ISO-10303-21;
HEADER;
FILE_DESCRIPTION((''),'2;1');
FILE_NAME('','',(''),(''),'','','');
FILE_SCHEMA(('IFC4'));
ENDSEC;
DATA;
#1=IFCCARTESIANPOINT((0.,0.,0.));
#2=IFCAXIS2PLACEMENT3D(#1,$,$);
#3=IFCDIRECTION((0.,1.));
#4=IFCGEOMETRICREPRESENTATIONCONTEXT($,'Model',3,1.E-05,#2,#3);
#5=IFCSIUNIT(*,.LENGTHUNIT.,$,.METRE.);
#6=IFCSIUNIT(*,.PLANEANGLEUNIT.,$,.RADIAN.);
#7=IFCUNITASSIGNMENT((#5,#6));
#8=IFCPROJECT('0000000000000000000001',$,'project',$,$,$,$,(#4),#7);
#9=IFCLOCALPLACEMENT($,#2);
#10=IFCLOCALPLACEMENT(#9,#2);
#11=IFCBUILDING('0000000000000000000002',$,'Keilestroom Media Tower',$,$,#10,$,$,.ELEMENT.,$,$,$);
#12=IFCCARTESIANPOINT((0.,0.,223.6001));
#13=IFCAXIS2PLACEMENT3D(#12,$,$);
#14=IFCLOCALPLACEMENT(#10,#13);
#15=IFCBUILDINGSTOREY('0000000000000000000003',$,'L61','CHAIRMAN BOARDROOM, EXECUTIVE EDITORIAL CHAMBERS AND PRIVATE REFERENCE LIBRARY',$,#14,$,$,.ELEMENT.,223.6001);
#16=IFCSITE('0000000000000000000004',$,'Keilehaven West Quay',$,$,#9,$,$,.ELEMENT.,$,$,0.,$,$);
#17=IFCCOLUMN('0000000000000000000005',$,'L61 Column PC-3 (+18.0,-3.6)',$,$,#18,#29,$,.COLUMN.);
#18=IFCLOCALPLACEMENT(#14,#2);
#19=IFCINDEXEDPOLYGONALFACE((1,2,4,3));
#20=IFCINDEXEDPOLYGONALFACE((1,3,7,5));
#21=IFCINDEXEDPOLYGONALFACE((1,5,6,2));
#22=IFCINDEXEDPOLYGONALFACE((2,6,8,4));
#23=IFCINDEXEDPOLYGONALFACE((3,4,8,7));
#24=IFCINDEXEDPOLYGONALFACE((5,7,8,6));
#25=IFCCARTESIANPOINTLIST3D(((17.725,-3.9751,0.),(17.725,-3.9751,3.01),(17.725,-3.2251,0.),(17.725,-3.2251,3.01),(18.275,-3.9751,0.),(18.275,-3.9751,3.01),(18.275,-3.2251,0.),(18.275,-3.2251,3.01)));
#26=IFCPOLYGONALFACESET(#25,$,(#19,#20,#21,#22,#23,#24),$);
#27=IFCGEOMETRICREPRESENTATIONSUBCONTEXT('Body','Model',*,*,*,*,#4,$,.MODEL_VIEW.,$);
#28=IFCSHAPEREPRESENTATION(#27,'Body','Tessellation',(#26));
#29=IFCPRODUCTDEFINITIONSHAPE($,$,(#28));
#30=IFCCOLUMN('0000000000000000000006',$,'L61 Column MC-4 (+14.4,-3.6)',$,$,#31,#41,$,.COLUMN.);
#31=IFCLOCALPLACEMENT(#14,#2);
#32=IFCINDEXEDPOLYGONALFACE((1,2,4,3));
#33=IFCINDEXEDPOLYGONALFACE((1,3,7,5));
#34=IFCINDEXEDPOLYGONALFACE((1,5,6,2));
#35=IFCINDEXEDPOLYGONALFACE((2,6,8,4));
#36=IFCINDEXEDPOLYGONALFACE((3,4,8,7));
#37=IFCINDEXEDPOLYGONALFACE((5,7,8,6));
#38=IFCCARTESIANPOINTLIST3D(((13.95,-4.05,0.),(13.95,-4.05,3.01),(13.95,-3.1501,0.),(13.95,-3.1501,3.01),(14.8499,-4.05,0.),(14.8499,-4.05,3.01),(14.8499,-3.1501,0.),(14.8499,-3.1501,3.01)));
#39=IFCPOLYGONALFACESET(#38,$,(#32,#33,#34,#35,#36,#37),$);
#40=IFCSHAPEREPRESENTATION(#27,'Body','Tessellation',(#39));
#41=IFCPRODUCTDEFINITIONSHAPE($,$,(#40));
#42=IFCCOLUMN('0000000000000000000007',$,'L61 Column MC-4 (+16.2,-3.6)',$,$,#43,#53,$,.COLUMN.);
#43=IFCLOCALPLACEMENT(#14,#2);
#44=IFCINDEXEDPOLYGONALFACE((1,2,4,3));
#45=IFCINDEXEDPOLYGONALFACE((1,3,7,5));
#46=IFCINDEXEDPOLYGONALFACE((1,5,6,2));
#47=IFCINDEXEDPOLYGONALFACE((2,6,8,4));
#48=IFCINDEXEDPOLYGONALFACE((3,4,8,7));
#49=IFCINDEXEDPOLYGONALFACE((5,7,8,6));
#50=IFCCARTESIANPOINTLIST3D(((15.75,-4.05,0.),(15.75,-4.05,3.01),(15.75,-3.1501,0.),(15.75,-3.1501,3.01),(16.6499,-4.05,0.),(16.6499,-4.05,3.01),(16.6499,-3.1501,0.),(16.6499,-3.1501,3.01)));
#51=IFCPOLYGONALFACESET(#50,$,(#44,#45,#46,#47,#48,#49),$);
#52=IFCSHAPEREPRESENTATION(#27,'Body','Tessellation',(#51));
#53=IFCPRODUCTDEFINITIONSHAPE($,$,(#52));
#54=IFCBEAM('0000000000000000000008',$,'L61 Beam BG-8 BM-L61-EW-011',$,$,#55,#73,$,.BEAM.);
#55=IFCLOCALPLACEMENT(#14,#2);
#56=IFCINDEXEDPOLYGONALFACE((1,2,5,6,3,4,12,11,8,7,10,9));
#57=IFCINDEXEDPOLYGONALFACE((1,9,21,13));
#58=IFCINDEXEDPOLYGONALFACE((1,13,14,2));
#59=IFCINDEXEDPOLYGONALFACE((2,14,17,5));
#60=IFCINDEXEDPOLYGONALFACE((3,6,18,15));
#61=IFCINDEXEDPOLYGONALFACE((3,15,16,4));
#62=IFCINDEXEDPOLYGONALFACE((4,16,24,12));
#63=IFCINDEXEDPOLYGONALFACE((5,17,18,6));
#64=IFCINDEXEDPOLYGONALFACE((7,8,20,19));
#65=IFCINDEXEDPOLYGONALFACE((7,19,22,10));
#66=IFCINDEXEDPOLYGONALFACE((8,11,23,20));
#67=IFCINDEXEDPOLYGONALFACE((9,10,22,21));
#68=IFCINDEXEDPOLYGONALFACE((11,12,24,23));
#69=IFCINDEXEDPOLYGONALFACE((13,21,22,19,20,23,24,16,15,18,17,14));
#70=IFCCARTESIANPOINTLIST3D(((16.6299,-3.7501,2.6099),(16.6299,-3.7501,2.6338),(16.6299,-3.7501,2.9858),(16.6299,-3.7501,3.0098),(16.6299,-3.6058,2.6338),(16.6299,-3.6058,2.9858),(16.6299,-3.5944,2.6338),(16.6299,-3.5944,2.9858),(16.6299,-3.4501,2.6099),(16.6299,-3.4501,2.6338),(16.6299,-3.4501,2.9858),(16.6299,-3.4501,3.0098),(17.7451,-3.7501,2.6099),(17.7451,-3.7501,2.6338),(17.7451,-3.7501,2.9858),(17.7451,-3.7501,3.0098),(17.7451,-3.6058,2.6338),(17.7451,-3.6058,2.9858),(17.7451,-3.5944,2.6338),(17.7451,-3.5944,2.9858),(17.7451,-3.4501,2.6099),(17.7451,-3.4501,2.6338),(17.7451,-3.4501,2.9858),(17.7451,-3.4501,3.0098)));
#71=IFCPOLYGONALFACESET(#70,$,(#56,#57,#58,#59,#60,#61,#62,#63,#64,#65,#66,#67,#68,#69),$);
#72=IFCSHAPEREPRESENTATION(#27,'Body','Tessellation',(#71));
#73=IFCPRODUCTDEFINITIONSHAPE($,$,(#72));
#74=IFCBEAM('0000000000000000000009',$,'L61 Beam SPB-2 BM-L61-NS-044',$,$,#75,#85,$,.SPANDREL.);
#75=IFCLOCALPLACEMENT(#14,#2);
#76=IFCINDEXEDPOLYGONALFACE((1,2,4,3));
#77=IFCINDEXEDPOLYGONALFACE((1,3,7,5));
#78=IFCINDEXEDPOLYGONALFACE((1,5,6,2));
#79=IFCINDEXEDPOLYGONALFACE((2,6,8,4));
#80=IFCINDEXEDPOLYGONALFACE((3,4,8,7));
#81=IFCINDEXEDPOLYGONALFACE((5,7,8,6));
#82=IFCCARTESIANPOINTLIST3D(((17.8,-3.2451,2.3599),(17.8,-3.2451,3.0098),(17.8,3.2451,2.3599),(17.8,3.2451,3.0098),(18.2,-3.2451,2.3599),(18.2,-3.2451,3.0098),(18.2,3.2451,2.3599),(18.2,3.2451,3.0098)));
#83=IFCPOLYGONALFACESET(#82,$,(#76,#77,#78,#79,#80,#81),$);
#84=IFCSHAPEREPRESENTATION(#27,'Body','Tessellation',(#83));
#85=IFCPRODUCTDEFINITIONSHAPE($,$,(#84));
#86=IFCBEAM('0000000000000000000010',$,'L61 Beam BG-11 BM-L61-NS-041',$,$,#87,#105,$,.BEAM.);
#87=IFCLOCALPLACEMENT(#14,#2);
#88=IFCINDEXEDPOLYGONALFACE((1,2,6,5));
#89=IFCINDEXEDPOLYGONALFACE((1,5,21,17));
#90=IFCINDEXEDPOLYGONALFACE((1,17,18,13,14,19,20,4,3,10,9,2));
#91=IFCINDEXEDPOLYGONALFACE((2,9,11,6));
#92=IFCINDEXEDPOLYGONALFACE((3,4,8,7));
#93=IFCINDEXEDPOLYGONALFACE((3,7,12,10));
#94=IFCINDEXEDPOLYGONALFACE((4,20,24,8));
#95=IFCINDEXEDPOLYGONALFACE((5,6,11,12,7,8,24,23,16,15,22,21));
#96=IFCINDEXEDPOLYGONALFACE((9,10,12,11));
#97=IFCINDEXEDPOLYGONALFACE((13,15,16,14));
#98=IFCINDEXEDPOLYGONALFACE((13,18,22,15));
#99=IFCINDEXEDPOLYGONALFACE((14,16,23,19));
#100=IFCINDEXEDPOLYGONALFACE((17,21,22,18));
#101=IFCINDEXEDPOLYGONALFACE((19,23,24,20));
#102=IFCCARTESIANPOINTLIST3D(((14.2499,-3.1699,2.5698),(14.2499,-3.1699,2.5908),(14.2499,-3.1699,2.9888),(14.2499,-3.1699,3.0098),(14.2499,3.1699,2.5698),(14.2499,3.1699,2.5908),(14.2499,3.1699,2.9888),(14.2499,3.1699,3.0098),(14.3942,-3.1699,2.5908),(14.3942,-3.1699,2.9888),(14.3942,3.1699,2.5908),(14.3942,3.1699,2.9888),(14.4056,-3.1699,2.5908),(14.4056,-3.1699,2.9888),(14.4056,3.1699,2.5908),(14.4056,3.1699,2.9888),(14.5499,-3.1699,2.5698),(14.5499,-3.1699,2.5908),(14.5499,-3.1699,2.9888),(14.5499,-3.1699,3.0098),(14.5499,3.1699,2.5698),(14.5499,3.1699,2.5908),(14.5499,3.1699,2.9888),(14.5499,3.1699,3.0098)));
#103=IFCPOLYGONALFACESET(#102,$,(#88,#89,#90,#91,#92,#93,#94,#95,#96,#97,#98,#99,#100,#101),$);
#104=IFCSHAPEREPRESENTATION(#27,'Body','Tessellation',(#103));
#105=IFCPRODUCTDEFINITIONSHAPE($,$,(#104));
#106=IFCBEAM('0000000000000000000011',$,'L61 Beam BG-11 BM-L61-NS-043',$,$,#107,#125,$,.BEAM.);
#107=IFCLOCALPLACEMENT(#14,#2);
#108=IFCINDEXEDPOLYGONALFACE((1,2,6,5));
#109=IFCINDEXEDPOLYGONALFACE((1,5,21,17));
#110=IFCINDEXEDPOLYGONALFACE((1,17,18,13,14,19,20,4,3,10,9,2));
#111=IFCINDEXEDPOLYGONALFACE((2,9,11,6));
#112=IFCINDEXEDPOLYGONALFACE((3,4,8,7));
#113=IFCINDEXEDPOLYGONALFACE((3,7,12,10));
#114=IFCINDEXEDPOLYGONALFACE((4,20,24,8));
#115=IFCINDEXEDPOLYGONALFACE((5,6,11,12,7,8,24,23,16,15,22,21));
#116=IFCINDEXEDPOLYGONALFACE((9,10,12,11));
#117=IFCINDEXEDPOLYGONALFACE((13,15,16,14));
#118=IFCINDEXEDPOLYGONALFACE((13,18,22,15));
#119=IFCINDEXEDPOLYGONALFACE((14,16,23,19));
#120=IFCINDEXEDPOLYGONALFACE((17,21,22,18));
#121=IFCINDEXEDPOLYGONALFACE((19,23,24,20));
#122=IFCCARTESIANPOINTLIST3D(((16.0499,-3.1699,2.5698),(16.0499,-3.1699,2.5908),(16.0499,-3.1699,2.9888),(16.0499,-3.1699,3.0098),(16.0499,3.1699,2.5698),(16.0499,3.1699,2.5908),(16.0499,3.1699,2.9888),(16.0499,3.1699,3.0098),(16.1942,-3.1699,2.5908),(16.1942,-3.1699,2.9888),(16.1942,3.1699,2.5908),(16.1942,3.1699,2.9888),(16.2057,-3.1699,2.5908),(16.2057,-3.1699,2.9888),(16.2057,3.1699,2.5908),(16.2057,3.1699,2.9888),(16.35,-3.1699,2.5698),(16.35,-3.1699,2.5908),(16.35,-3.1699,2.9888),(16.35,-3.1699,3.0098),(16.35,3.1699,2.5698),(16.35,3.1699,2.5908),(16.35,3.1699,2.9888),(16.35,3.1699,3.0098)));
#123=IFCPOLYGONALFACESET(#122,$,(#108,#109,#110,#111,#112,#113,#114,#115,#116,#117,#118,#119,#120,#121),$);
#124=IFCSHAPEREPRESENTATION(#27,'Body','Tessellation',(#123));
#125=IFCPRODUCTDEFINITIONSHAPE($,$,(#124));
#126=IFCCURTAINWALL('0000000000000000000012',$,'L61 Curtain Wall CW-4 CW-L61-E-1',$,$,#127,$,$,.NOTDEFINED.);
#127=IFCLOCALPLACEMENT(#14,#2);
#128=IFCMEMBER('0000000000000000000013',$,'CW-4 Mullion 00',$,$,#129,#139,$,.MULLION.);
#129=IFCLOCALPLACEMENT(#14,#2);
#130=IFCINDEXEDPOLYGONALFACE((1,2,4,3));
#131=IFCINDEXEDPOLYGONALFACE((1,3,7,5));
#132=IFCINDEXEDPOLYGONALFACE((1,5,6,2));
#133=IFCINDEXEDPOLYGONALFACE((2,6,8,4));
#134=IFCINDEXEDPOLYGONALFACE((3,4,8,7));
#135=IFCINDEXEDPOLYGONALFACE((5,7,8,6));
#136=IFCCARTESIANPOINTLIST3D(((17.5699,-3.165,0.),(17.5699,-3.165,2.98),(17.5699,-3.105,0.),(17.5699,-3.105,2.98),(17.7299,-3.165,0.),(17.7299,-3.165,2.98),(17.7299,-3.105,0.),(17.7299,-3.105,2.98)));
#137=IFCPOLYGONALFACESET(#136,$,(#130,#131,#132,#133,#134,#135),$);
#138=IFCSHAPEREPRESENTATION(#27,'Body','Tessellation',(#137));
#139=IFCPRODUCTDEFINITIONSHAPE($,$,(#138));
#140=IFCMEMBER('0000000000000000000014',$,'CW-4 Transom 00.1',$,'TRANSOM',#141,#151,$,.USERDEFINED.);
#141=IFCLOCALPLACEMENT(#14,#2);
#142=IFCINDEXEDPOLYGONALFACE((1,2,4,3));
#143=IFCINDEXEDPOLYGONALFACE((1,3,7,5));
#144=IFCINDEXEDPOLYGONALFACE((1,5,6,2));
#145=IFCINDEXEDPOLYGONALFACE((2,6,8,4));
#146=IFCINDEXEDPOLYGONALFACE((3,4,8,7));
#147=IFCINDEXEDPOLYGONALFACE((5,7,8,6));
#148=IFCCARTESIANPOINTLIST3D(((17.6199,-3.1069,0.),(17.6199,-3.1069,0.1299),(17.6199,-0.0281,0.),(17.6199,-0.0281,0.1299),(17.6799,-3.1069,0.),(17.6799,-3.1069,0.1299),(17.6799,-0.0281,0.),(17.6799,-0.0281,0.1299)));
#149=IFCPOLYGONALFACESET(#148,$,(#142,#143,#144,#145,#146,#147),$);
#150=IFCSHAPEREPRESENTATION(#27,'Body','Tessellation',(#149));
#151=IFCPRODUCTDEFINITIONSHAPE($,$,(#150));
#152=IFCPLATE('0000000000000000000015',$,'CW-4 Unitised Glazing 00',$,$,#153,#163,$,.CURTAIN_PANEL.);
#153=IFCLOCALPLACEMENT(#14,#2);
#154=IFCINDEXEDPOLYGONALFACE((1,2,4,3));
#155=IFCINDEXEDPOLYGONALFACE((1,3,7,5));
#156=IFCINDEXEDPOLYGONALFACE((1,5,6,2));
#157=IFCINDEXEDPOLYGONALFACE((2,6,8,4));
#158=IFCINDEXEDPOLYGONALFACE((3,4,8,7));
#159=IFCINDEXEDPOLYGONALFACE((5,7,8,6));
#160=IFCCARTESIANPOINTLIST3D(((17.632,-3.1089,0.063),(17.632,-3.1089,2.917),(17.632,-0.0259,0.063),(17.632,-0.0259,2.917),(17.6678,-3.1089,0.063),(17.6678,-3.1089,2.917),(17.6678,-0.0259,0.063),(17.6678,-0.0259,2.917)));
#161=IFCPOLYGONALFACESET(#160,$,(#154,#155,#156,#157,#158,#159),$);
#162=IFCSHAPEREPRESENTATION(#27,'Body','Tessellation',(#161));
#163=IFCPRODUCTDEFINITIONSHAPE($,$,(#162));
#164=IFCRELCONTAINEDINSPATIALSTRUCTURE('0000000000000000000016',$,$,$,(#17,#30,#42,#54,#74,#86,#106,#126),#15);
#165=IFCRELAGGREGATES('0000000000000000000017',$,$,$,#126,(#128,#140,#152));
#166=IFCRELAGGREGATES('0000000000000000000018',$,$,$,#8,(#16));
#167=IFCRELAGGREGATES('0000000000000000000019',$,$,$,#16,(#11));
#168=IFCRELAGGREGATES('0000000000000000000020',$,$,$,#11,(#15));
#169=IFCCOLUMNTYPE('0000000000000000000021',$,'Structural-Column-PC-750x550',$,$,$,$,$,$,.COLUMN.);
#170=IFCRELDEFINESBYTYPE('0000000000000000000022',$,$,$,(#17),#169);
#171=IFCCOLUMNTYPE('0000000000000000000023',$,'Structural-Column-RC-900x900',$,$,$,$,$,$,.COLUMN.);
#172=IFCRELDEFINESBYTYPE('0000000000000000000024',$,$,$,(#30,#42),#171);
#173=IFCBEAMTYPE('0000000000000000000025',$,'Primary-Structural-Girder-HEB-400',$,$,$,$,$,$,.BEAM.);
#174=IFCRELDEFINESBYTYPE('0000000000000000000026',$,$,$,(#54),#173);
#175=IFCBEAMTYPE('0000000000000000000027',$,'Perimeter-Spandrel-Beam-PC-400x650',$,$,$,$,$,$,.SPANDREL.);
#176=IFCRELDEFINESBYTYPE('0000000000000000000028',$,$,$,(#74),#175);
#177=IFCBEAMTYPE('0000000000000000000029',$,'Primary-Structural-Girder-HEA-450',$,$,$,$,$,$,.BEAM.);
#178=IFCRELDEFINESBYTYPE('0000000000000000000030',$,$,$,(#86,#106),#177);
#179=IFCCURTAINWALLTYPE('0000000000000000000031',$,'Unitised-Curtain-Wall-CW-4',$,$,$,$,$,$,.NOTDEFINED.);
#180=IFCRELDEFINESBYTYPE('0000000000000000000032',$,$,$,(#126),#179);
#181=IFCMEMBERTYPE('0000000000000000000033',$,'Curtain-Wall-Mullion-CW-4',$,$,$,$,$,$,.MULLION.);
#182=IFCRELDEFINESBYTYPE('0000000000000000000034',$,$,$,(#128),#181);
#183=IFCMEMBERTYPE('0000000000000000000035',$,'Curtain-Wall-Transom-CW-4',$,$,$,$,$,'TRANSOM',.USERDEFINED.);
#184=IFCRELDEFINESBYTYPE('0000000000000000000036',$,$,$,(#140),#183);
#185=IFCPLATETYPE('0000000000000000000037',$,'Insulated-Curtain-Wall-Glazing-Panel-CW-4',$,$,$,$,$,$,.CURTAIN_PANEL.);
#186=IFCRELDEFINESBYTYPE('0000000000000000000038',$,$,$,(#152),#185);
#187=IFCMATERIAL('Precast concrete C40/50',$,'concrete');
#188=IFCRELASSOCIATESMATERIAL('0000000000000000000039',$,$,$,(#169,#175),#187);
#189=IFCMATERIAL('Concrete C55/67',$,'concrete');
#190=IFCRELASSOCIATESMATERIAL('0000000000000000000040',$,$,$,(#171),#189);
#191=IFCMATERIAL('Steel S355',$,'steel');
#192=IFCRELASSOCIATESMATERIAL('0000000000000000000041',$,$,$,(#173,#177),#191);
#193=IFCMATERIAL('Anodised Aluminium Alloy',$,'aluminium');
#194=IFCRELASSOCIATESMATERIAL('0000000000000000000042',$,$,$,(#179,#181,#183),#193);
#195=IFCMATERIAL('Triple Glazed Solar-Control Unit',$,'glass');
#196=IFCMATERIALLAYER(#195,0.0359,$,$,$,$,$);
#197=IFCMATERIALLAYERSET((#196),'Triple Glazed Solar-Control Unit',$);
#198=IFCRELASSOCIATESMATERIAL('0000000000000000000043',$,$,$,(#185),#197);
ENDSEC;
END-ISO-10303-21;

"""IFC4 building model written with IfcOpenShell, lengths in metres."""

from ifc_helpers import new_model, si_unit, direction, frame, origin, origin_2d, place, context, subcontext, project, spatial, rectangle, i_section, extrude, source, transform, mapped, material, layer, layer_set, material_profile, profile_set, type_object, element, aggregate, save


model = new_model("IFC4")

# Units and contexts
model_context = context("Model", 3, precision=1e-05, world=origin(), true_north=direction((0.0, 1.0)))
body_context = subcontext(model_context, "Body", "Model", "MODEL_VIEW")
ifc_project = project(units=[si_unit("LENGTHUNIT", "METRE"), si_unit("PLANEANGLEUNIT", "RADIAN")], contexts=[model_context])

# Site, building, storey
site_placement = place(None, origin())
site = spatial("IfcSite", under=ifc_project, at=site_placement, Name="Keilehaven West Quay", CompositionType="ELEMENT", RefElevation=0.0)
building_placement = place(site_placement, origin())
building = spatial("IfcBuilding", under=site, at=building_placement, Name="Keilestroom Media Tower", CompositionType="ELEMENT")
storey_placement = place(building_placement, frame((0.0, 0.0, 223.6001)))
storey = spatial("IfcBuildingStorey", under=building, at=storey_placement, Name="L61", Description="CHAIRMAN BOARDROOM, EXECUTIVE EDITORIAL CHAMBERS AND PRIVATE REFERENCE LIBRARY", CompositionType="ELEMENT", Elevation=223.6001)

# Columns
ifc_material_1 = material(Name="Precast concrete C40/50", Category="concrete")
ifc_material_profile_1 = material_profile(ifc_material_1, rectangle(XDim=0.55, YDim=0.75, at=origin_2d()), Name="PC 750x550")
ifc_profile_set_1 = profile_set([ifc_material_profile_1], Name="Precast concrete C40/50")
column_type_1 = type_object("IfcColumnType", Name="Structural-Column-PC-750x550", PredefinedType="COLUMN", material=ifc_profile_set_1)
shared_shape_1 = source(origin(), body_context, "Body", "SweptSolid", [
    extrude(rectangle(XDim=0.55, YDim=0.75, at=origin_2d()), origin(), (0.0, 0.0, 1.0), 3.01),
])
column_placement = place(storey_placement, frame((18.0, -3.6001, 0.0), z_axis=(0.0, 0.0, 1.0), x_axis=(1.0, 0.0, 0.0)))
element("IfcColumn", 1, at=column_placement, inside=storey, type_object=column_type_1, Name="L61 Column PC-3 (+18.0,-3.6)", PredefinedType="COLUMN", context=body_context, shape_type="MappedRepresentation", body=[
    mapped(shared_shape_1, transform((0.0, 0.0, 0.0), x_axis=(1.0, 0.0, 0.0), y_axis=(0.0, 1.0, 0.0), z_axis=(0.0, 0.0, 1.0), scale=1.0)),
])
ifc_material_2 = material(Name="Concrete C55/67", Category="concrete")
ifc_material_profile_2 = material_profile(ifc_material_2, rectangle(XDim=0.8999, YDim=0.8999, at=origin_2d()), Name="RC 900x900")
ifc_profile_set_2 = profile_set([ifc_material_profile_2], Name="Concrete C55/67")
column_type_2 = type_object("IfcColumnType", Name="Structural-Column-RC-900x900", PredefinedType="COLUMN", material=ifc_profile_set_2)
shared_shape_2 = source(origin(), body_context, "Body", "SweptSolid", [
    extrude(rectangle(XDim=0.8999, YDim=0.8999, at=origin_2d()), origin(), (0.0, 0.0, 1.0), 3.01),
])
for number, where, z_axis, x_axis, name in (
    (2, (14.3999, -3.6001, 0.0), (0.0, 0.0, 1.0), (1.0, 0.0, 0.0), "L61 Column MC-4 (+14.4,-3.6)"),
    (3, (16.2, -3.6001, 0.0), (0.0, 0.0, 1.0), (1.0, 0.0, 0.0), "L61 Column MC-4 (+16.2,-3.6)"),
):
    element("IfcColumn", number, at=place(storey_placement, frame(where, z_axis=z_axis, x_axis=x_axis)), inside=storey, type_object=column_type_2, Name=name, PredefinedType="COLUMN", context=body_context, shape_type="MappedRepresentation", body=[
        mapped(shared_shape_2, transform((0.0, 0.0, 0.0), x_axis=(1.0, 0.0, 0.0), y_axis=(0.0, 1.0, 0.0), z_axis=(0.0, 0.0, 1.0), scale=1.0)),
    ])

# Beams
ifc_material_3 = material(Name="Steel S355", Category="steel")
ifc_material_profile_3 = material_profile(ifc_material_3, i_section(OverallWidth=0.3, OverallDepth=0.3999, WebThickness=0.0115, FlangeThickness=0.0239, at=origin_2d()), Name="HEB 400")
ifc_profile_set_3 = profile_set([ifc_material_profile_3], Name="Steel S355")
beam_type_1 = type_object("IfcBeamType", Name="Primary-Structural-Girder-HEB-400", PredefinedType="BEAM", material=ifc_profile_set_3)
shared_shape_3 = source(origin(), body_context, "Body", "SweptSolid", [
    extrude(i_section(OverallWidth=0.3, OverallDepth=0.3999, WebThickness=0.0115, FlangeThickness=0.0239, at=origin_2d()), origin(), (0.0, 0.0, 1.0), 1.1152),
])
beam_1_placement = place(storey_placement, frame((16.6299, -3.6001, 2.8098), z_axis=(1.0, 0.0, 0.0), x_axis=(0.0, 1.0, 0.0)))
element("IfcBeam", 4, at=beam_1_placement, inside=storey, type_object=beam_type_1, Name="L61 Beam BG-8 BM-L61-EW-011", PredefinedType="BEAM", context=body_context, shape_type="MappedRepresentation", body=[
    mapped(shared_shape_3, transform((0.0, 0.0, 0.0), x_axis=(1.0, 0.0, 0.0), y_axis=(0.0, 1.0, 0.0), z_axis=(0.0, 0.0, 1.0), scale=1.0)),
])
ifc_material_profile_4 = material_profile(ifc_material_1, rectangle(XDim=0.3999, YDim=0.6499, at=origin_2d()), Name="PC 400x650")
ifc_profile_set_4 = profile_set([ifc_material_profile_4], Name="Precast concrete C40/50")
beam_type_2 = type_object("IfcBeamType", Name="Perimeter-Spandrel-Beam-PC-400x650", PredefinedType="SPANDREL", material=ifc_profile_set_4)
shared_shape_4 = source(origin(), body_context, "Body", "SweptSolid", [
    extrude(rectangle(XDim=0.3999, YDim=0.6499, at=origin_2d()), origin(), (0.0, 0.0, 1.0), 6.4902),
])
beam_2_placement = place(storey_placement, frame((18.0, -3.2451, 2.6848), z_axis=(0.0, 1.0, 0.0), x_axis=(-1.0, 0.0, 0.0)))
element("IfcBeam", 5, at=beam_2_placement, inside=storey, type_object=beam_type_2, Name="L61 Beam SPB-2 BM-L61-NS-044", PredefinedType="SPANDREL", context=body_context, shape_type="MappedRepresentation", body=[
    mapped(shared_shape_4, transform((0.0, 0.0, 0.0), x_axis=(1.0, 0.0, 0.0), y_axis=(0.0, 1.0, 0.0), z_axis=(0.0, 0.0, 1.0), scale=1.0)),
])
ifc_material_profile_5 = material_profile(ifc_material_3, i_section(OverallWidth=0.3, OverallDepth=0.4399, WebThickness=0.0115, FlangeThickness=0.021, at=origin_2d()), Name="HEA 450")
ifc_profile_set_5 = profile_set([ifc_material_profile_5], Name="Steel S355")
beam_type_3 = type_object("IfcBeamType", Name="Primary-Structural-Girder-HEA-450", PredefinedType="BEAM", material=ifc_profile_set_5)
shared_shape_5 = source(origin(), body_context, "Body", "SweptSolid", [
    extrude(i_section(OverallWidth=0.3, OverallDepth=0.4399, WebThickness=0.0115, FlangeThickness=0.021, at=origin_2d()), origin(), (0.0, 0.0, 1.0), 6.3398),
])
for number, where, z_axis, x_axis, name in (
    (6, (14.3999, -3.1699, 2.7898), (0.0, 1.0, 0.0), (-1.0, 0.0, 0.0), "L61 Beam BG-11 BM-L61-NS-041"),
    (7, (16.2, -3.1699, 2.7898), (0.0, 1.0, 0.0), (-1.0, 0.0, 0.0), "L61 Beam BG-11 BM-L61-NS-043"),
):
    element("IfcBeam", number, at=place(storey_placement, frame(where, z_axis=z_axis, x_axis=x_axis)), inside=storey, type_object=beam_type_3, Name=name, PredefinedType="BEAM", context=body_context, shape_type="MappedRepresentation", body=[
        mapped(shared_shape_5, transform((0.0, 0.0, 0.0), x_axis=(1.0, 0.0, 0.0), y_axis=(0.0, 1.0, 0.0), z_axis=(0.0, 0.0, 1.0), scale=1.0)),
    ])

# Curtain wall, members, plate
ifc_material_4 = material(Name="Anodised Aluminium Alloy", Category="aluminium")
curtain_wall_type = type_object("IfcCurtainWallType", Name="Unitised-Curtain-Wall-CW-4", PredefinedType="NOTDEFINED", material=ifc_material_4)
curtain_wall_placement = place(storey_placement, origin())
curtain_wall = element("IfcCurtainWall", 8, at=curtain_wall_placement, inside=storey, type_object=curtain_wall_type, Name="L61 Curtain Wall CW-4 CW-L61-E-1", PredefinedType="NOTDEFINED")
ifc_material_profile_6 = material_profile(ifc_material_4, rectangle(XDim=0.0601, YDim=0.1599, at=origin_2d()), Name="ALU MULLION 60x160")
ifc_profile_set_6 = profile_set([ifc_material_profile_6], Name="Anodised Aluminium Alloy")
member_type_1 = type_object("IfcMemberType", Name="Curtain-Wall-Mullion-CW-4", PredefinedType="MULLION", material=ifc_profile_set_6)
shared_shape_6 = source(origin(), body_context, "Body", "SweptSolid", [
    extrude(rectangle(XDim=0.0601, YDim=0.1599, at=origin_2d()), origin(), (0.0, 0.0, 1.0), 2.98),
])
member_1_placement = place(storey_placement, frame((17.6499, -3.135, 0.0), z_axis=(0.0, 0.0, 1.0), x_axis=(0.0, 1.0, 0.0)))
member_1 = element("IfcMember", 9, at=member_1_placement, type_object=member_type_1, Name="CW-4 Mullion 00", PredefinedType="MULLION", context=body_context, shape_type="MappedRepresentation", body=[
    mapped(shared_shape_6, transform((0.0, 0.0, 0.0), x_axis=(1.0, 0.0, 0.0), y_axis=(0.0, 1.0, 0.0), z_axis=(0.0, 0.0, 1.0), scale=1.0)),
])
ifc_material_profile_7 = material_profile(ifc_material_4, rectangle(XDim=0.0601, YDim=0.1299, at=origin_2d()), Name="ALU TRANSOM 60x130")
ifc_profile_set_7 = profile_set([ifc_material_profile_7], Name="Anodised Aluminium Alloy")
member_type_2 = type_object("IfcMemberType", Name="Curtain-Wall-Transom-CW-4", ElementType="TRANSOM", PredefinedType="USERDEFINED", material=ifc_profile_set_7)
shared_shape_7 = source(origin(), body_context, "Body", "SweptSolid", [
    extrude(rectangle(XDim=0.0601, YDim=0.1299, at=origin_2d()), origin(), (0.0, 0.0, 1.0), 3.0789),
])
member_2_placement = place(storey_placement, frame((17.6499, -3.1069, 0.0649), z_axis=(0.0, 1.0, 0.0), x_axis=(-1.0, 0.0, 0.0)))
member_2 = element("IfcMember", 10, at=member_2_placement, type_object=member_type_2, Name="CW-4 Transom 00.1", ObjectType="TRANSOM", PredefinedType="USERDEFINED", context=body_context, shape_type="MappedRepresentation", body=[
    mapped(shared_shape_7, transform((0.0, 0.0, 0.0), x_axis=(1.0, 0.0, 0.0), y_axis=(0.0, 1.0, 0.0), z_axis=(0.0, 0.0, 1.0), scale=1.0)),
])
ifc_material_5 = material(Name="Triple Glazed Solar-Control Unit", Category="glass")
ifc_layer_1 = layer(ifc_material_5, 0.0359)
ifc_layer_set_1 = layer_set([ifc_layer_1], Name="Triple Glazed Solar-Control Unit")
plate_type = type_object("IfcPlateType", Name="Insulated-Curtain-Wall-Glazing-Panel-CW-4", PredefinedType="CURTAIN_PANEL", material=ifc_layer_set_1)
shared_shape_8 = source(origin(), body_context, "Body", "SweptSolid", [
    extrude(rectangle(XDim=3.083, YDim=0.0359, at=origin_2d()), origin(), (0.0, 0.0, 1.0), 2.854),
])
plate_placement = place(storey_placement, frame((17.6499, -1.5674, 0.063), z_axis=(0.0, 0.0, 1.0), x_axis=(0.0, 1.0, 0.0)))
plate = element("IfcPlate", 11, at=plate_placement, type_object=plate_type, Name="CW-4 Unitised Glazing 00", PredefinedType="CURTAIN_PANEL", context=body_context, shape_type="MappedRepresentation", body=[
    mapped(shared_shape_8, transform((0.0, 0.0, 0.0), x_axis=(1.0, 0.0, 0.0), y_axis=(0.0, 1.0, 0.0), z_axis=(0.0, 0.0, 1.0), scale=1.0)),
])
aggregate(curtain_wall, [member_1, member_2, plate])

save(model, "model.ifc")
